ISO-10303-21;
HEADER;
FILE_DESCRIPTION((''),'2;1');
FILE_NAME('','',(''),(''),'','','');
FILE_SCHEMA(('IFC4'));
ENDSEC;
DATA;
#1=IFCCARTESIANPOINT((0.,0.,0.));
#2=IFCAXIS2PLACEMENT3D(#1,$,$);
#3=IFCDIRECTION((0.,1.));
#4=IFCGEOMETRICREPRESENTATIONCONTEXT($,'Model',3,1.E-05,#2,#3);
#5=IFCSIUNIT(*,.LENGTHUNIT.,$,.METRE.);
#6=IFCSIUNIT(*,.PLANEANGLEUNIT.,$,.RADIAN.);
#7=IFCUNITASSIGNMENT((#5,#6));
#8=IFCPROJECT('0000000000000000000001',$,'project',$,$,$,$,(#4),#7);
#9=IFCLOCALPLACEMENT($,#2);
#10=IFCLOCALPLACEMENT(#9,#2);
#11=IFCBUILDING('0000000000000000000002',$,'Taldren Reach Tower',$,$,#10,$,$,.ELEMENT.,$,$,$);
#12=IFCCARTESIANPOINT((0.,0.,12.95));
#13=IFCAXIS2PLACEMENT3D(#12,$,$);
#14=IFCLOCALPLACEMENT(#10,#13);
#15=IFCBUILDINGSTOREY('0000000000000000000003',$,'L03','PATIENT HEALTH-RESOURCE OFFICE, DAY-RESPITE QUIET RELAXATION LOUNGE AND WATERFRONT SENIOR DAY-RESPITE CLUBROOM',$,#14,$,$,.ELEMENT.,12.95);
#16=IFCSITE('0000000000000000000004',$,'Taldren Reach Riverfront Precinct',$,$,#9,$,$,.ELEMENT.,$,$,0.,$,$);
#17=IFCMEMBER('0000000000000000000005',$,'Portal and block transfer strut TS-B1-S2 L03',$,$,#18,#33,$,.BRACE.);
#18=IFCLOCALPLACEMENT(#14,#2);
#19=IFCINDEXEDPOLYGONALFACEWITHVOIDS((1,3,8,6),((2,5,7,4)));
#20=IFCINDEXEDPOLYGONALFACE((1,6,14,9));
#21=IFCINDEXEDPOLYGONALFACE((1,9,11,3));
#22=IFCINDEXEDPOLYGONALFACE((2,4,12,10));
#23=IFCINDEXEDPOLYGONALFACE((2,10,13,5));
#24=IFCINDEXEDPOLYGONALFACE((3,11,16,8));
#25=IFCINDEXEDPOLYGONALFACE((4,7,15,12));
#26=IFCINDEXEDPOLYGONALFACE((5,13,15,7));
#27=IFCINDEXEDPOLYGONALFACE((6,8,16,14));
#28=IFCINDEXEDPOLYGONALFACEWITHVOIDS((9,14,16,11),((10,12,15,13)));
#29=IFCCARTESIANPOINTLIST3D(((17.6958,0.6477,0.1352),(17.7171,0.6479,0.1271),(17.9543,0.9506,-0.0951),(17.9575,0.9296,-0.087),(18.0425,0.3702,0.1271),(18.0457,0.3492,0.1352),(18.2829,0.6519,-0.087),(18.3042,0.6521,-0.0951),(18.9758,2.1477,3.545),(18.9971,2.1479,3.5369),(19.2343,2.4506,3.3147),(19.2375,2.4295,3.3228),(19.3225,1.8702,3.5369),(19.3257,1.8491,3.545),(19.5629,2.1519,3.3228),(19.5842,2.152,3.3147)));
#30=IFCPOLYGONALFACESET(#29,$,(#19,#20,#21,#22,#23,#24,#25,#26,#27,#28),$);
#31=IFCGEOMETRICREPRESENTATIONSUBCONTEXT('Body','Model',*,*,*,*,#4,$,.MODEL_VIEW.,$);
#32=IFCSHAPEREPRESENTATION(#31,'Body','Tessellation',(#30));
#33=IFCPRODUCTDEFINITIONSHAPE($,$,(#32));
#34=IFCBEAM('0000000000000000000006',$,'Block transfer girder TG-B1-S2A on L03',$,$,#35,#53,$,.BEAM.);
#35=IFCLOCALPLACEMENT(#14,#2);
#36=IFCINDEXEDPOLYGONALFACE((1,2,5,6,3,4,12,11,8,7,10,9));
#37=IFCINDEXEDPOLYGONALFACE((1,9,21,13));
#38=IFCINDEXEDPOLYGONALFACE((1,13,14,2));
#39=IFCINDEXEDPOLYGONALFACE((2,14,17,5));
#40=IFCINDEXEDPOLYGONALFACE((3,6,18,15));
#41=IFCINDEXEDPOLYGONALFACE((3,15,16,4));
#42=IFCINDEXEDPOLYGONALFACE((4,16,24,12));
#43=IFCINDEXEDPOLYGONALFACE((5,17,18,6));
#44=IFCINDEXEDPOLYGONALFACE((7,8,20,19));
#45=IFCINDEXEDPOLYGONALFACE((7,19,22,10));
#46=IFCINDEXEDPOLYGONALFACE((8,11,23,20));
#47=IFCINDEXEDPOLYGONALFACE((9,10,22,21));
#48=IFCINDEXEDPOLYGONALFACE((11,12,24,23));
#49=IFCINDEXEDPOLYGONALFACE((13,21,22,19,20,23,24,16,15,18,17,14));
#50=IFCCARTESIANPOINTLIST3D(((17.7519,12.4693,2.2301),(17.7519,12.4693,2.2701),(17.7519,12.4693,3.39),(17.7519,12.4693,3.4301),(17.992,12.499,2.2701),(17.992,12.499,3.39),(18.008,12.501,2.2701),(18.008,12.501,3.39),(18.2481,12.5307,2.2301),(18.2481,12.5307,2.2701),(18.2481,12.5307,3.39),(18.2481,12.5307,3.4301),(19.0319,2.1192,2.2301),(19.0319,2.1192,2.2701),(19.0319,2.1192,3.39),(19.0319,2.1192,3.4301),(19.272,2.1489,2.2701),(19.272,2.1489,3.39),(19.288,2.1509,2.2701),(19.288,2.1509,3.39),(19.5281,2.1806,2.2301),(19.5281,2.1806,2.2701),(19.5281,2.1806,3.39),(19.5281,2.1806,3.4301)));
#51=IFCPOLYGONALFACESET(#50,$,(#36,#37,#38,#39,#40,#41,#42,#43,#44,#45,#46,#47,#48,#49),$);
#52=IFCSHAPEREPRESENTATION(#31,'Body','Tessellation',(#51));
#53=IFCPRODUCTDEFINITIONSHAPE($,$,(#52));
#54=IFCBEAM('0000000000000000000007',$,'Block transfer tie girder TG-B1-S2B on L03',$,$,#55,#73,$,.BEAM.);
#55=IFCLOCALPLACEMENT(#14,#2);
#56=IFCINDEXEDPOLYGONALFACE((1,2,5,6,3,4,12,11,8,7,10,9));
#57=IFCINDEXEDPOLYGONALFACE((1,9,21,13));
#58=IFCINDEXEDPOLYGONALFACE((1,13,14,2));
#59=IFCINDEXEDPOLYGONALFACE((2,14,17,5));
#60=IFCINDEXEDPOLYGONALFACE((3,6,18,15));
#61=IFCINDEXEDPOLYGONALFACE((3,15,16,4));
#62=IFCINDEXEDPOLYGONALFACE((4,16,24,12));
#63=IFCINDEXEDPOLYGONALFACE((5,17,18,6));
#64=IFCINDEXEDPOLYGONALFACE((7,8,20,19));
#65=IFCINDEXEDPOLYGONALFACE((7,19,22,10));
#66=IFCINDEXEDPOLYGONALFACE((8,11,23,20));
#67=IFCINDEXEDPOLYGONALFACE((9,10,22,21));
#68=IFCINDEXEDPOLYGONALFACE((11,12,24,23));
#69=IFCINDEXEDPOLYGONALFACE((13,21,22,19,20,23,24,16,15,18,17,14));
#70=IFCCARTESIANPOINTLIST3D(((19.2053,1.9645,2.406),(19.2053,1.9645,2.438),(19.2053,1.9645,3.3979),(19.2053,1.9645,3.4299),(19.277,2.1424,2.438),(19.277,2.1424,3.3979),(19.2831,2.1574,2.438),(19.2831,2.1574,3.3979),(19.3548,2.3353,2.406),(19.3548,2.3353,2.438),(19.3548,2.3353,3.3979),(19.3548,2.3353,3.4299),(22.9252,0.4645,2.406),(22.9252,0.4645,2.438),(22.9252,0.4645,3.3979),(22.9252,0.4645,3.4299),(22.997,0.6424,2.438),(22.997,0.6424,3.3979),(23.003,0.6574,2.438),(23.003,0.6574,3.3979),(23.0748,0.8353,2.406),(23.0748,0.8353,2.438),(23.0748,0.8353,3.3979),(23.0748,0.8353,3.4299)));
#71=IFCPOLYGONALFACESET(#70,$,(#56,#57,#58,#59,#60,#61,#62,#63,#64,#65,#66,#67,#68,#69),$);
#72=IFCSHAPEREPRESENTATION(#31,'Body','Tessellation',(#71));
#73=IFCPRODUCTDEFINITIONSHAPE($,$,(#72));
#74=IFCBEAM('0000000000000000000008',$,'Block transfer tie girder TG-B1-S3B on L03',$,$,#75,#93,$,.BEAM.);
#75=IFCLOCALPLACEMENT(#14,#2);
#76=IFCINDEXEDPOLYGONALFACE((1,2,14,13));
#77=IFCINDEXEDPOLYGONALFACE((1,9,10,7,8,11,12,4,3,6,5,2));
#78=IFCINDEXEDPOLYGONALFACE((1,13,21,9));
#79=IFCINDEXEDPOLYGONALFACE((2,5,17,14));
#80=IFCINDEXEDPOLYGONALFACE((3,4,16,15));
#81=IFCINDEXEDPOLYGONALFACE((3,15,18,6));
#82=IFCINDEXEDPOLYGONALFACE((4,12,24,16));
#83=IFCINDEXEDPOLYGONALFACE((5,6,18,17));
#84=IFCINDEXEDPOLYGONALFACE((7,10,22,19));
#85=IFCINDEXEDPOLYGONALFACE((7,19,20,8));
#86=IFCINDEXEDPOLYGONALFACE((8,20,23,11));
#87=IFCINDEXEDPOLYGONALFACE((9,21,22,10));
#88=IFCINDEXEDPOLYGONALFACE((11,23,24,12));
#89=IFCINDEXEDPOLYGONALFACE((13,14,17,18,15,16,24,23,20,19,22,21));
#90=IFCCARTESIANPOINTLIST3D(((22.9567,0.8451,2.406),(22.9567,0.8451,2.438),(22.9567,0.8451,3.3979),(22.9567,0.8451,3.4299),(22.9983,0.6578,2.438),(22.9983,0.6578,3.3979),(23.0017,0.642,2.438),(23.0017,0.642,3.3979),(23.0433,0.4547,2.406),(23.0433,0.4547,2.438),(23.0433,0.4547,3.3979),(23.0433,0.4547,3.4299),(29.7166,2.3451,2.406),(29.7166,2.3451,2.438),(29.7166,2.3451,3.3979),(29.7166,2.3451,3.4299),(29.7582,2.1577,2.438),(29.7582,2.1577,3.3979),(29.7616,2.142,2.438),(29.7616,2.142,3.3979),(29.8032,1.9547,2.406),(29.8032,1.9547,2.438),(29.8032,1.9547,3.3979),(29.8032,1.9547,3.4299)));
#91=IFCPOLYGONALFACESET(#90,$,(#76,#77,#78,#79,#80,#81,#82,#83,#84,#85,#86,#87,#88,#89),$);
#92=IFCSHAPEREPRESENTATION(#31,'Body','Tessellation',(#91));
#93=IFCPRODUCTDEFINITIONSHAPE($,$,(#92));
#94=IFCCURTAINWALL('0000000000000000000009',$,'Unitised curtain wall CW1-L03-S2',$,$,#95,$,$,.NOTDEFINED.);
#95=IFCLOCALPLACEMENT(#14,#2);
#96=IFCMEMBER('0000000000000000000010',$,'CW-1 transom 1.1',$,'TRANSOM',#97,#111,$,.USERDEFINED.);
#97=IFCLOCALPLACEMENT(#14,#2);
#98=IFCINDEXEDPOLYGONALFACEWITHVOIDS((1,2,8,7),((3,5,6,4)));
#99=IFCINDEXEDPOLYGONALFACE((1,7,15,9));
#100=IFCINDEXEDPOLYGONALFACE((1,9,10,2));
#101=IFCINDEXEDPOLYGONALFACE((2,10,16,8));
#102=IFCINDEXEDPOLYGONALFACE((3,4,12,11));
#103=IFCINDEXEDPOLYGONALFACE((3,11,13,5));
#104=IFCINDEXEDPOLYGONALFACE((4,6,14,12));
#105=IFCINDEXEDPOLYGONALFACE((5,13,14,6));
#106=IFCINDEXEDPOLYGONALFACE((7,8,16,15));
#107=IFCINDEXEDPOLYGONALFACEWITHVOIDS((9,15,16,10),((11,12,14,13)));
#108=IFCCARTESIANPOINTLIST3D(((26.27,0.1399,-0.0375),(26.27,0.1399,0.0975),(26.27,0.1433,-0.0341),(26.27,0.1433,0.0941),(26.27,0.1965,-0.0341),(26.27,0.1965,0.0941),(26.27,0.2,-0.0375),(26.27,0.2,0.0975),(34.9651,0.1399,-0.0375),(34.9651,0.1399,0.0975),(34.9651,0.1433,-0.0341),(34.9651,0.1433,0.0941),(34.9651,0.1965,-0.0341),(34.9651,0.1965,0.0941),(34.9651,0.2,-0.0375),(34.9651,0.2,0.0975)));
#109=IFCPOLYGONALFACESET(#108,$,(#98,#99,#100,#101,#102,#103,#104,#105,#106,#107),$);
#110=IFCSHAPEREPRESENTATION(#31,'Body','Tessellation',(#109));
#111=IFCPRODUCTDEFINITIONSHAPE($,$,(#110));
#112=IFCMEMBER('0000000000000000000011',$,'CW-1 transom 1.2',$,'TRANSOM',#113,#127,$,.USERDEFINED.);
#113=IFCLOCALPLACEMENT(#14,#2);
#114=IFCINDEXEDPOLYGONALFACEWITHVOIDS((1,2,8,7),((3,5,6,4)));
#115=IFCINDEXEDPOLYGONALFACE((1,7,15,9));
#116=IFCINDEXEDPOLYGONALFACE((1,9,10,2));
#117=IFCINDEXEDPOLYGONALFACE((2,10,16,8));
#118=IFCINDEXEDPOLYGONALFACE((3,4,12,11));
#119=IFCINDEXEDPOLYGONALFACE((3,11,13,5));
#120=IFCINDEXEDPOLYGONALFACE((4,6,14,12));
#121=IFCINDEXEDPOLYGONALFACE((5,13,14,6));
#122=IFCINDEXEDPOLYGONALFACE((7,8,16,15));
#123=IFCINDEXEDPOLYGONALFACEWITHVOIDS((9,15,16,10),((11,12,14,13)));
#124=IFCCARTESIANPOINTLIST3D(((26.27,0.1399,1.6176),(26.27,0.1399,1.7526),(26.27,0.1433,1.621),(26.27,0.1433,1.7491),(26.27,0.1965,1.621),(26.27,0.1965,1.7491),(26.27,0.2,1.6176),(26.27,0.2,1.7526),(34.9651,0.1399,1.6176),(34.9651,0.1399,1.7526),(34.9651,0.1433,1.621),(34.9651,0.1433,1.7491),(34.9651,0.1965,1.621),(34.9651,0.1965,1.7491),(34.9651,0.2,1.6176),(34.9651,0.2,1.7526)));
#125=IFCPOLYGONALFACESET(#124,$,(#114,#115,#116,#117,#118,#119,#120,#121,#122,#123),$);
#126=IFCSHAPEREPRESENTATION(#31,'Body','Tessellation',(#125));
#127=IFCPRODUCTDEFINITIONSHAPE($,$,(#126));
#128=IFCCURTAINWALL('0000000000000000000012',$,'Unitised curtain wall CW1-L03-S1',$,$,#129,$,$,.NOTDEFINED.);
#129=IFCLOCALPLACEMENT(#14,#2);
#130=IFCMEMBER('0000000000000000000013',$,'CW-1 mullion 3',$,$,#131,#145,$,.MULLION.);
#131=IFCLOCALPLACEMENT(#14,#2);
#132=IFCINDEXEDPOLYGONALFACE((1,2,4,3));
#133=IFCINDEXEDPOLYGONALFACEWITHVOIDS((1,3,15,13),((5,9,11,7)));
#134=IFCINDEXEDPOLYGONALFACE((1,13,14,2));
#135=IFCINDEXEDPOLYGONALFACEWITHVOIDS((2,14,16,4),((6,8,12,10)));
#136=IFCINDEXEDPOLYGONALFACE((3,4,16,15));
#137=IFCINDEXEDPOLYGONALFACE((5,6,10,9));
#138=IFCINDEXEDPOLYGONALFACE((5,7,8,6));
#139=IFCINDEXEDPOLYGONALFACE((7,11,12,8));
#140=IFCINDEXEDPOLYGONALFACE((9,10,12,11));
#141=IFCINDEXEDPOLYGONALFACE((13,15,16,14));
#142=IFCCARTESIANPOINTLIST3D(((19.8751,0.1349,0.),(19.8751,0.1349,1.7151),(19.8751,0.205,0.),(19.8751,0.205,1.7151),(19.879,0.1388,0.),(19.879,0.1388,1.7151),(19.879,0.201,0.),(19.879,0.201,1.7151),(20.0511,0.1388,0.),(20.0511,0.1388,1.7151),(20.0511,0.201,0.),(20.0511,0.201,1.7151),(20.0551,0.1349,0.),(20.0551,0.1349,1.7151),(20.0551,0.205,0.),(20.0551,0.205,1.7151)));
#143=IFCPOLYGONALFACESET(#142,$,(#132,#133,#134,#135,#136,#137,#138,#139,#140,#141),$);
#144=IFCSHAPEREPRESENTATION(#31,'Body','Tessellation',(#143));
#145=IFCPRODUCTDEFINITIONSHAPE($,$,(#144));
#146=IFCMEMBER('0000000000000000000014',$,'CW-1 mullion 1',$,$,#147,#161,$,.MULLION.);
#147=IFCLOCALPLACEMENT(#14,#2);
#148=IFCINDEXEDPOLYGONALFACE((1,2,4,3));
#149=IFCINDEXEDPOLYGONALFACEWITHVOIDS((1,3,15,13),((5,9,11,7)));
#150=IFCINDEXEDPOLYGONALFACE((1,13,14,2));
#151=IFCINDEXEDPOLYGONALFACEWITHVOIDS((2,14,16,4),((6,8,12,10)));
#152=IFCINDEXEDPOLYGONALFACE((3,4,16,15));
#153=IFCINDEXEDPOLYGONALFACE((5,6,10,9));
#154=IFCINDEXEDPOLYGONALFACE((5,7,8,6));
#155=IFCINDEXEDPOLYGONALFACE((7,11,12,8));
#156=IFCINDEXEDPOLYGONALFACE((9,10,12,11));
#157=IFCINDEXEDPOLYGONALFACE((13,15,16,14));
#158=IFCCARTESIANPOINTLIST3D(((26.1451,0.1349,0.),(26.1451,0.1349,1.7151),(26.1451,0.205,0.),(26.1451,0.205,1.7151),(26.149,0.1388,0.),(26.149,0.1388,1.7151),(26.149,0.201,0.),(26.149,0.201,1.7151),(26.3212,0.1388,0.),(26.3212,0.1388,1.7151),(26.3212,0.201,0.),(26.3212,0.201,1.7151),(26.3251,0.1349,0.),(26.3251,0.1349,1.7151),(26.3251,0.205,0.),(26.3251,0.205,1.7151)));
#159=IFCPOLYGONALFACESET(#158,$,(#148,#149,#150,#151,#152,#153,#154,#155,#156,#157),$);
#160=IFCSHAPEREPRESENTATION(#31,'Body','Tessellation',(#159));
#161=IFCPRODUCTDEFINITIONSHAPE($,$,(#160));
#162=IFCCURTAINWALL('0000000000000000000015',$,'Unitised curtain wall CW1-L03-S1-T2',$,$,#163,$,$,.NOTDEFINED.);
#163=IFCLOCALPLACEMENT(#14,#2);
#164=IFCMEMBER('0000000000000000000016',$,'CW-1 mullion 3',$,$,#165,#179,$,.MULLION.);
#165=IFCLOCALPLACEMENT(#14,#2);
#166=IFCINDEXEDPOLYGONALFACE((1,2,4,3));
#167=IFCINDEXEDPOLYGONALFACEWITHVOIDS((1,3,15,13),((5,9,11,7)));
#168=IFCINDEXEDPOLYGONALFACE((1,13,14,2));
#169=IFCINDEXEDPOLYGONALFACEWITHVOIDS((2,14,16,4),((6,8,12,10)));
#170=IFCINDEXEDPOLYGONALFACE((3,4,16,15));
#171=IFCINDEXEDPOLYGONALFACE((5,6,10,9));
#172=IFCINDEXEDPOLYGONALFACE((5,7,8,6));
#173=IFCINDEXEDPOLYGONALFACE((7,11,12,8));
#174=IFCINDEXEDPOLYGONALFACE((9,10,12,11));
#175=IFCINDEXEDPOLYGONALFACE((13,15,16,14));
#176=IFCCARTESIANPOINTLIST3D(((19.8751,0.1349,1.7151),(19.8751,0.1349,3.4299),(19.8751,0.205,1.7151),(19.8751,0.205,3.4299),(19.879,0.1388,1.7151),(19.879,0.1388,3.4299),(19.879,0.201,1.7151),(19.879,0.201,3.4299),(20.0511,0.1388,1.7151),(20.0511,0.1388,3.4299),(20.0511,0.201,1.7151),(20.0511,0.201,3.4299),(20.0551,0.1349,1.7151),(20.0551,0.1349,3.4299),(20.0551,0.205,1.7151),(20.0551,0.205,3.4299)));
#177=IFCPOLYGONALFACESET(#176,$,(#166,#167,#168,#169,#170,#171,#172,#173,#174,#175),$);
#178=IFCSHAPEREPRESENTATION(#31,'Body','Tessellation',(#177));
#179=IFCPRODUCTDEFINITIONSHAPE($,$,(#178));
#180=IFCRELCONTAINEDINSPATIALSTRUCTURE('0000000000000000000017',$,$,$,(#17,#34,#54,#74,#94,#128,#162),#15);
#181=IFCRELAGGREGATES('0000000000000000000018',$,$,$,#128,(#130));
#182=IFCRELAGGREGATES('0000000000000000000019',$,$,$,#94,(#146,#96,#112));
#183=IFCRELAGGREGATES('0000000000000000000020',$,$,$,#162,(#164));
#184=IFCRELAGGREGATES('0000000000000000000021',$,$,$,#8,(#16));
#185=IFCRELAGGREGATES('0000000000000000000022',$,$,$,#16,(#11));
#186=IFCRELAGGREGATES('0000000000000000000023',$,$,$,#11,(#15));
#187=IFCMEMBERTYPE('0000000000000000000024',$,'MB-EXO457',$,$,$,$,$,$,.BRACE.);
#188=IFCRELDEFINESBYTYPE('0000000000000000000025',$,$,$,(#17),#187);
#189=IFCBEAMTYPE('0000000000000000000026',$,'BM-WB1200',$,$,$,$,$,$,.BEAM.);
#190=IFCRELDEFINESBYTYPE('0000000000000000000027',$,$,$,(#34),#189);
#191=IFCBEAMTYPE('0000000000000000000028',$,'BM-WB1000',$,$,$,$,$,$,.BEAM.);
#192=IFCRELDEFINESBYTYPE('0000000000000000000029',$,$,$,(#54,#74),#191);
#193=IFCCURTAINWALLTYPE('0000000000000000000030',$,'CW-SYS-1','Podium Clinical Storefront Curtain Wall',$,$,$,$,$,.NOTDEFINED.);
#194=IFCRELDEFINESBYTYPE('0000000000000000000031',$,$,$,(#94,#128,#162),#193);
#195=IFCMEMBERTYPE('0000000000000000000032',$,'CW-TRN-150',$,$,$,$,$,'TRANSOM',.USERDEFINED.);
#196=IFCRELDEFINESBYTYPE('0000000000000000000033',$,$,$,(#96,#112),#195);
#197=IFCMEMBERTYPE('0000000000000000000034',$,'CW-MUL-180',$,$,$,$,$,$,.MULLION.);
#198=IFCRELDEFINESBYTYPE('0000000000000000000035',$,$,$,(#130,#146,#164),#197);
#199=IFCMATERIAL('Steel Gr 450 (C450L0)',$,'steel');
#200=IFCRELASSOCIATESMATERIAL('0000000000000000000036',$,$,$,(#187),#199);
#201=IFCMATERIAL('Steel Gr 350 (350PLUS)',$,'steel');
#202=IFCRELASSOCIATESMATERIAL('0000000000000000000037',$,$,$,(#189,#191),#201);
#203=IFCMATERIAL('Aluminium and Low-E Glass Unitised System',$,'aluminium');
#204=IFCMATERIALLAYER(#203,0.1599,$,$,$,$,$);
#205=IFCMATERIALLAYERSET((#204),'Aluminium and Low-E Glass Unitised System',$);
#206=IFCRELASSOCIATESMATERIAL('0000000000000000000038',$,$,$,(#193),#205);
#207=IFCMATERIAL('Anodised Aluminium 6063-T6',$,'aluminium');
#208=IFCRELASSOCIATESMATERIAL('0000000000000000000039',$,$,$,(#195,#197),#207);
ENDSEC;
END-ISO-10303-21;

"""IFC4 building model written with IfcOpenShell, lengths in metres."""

from ifc_helpers import new_model, si_unit, direction, frame, origin, origin_2d, place, context, subcontext, project, spatial, hollow_rectangle, i_section, extrude, source, transform, mapped, material, layer, layer_set, material_profile, profile_set, type_object, element, aggregate, save


model = new_model("IFC4")

# Units and contexts
model_context = context("Model", 3, precision=1e-05, world=origin(), true_north=direction((0.0, 1.0)))
body_context = subcontext(model_context, "Body", "Model", "MODEL_VIEW")
ifc_project = project(units=[si_unit("LENGTHUNIT", "METRE"), si_unit("PLANEANGLEUNIT", "RADIAN")], contexts=[model_context])

# Site, building, storey
site_placement = place(None, origin())
site = spatial("IfcSite", under=ifc_project, at=site_placement, Name="Taldren Reach Riverfront Precinct", CompositionType="ELEMENT", RefElevation=0.0)
building_placement = place(site_placement, origin())
building = spatial("IfcBuilding", under=site, at=building_placement, Name="Taldren Reach Tower", CompositionType="ELEMENT")
storey_placement = place(building_placement, frame((0.0, 0.0, 12.95)))
storey = spatial("IfcBuildingStorey", under=building, at=storey_placement, Name="L03", Description="PATIENT HEALTH-RESOURCE OFFICE, DAY-RESPITE QUIET RELAXATION LOUNGE AND WATERFRONT SENIOR DAY-RESPITE CLUBROOM", CompositionType="ELEMENT", Elevation=12.95)

# Shared definitions
ifc_material_1 = material(Name="Steel Gr 350 (350PLUS)", Category="steel")

# Member
ifc_material_2 = material(Name="Steel Gr 450 (C450L0)", Category="steel")
ifc_material_profile_1 = material_profile(ifc_material_2, hollow_rectangle(XDim=0.46, YDim=0.46, WallThickness=0.0161, at=origin_2d()), Name="460x460x16.0SHS")
ifc_profile_set_1 = profile_set([ifc_material_profile_1], Name="Steel Gr 450 (C450L0)")
member_type_1 = type_object("IfcMemberType", Name="MB-EXO457", PredefinedType="BRACE", material=ifc_profile_set_1)
shared_shape_1 = source(origin(), body_context, "Body", "SweptSolid", [
    extrude(hollow_rectangle(XDim=0.46, YDim=0.46, WallThickness=0.0161, at=origin_2d()), origin(), (0.0, 0.0, 1.0), 3.939),
])
member_1_placement = place(storey_placement, frame((18.0, 0.6499, 0.02), z_axis=(0.32496, 0.380804, 0.865673), x_axis=(-0.760679, 0.649128, 0.0)))
element("IfcMember", 1, at=member_1_placement, inside=storey, type_object=member_type_1, Name="Portal and block transfer strut TS-B1-S2 L03", PredefinedType="BRACE", context=body_context, shape_type="MappedRepresentation", body=[
    mapped(shared_shape_1, transform((0.0, 0.0, 0.0), scale=1.0)),
])

# Beams
ifc_material_profile_2 = material_profile(ifc_material_1, i_section(OverallWidth=0.5, OverallDepth=1.2, WebThickness=0.0161, FlangeThickness=0.04, at=origin_2d()), Name="1200WB455")
ifc_profile_set_2 = profile_set([ifc_material_profile_2], Name="Steel Gr 350 (350PLUS)")
beam_type_1 = type_object("IfcBeamType", Name="BM-WB1200", PredefinedType="BEAM", material=ifc_profile_set_2)
shared_shape_2 = source(origin(), body_context, "Body", "SweptSolid", [
    extrude(i_section(OverallWidth=0.5, OverallDepth=1.2, WebThickness=0.0161, FlangeThickness=0.04, at=origin_2d()), origin(), (0.0, 0.0, 1.0), 10.429),
])
beam_1_placement = place(storey_placement, frame((18.0, 12.5, 2.8301), z_axis=(0.122738, -0.992439, 0.0), x_axis=(0.992439, 0.122738, 0.0)))
element("IfcBeam", 2, at=beam_1_placement, inside=storey, type_object=beam_type_1, Name="Block transfer girder TG-B1-S2A on L03", PredefinedType="BEAM", context=body_context, shape_type="MappedRepresentation", body=[
    mapped(shared_shape_2, transform((0.0, 0.0, 0.0), scale=1.0)),
])
ifc_material_profile_3 = material_profile(ifc_material_1, i_section(OverallWidth=0.3999, OverallDepth=1.0239, WebThickness=0.0161, FlangeThickness=0.032, at=origin_2d()), Name="1000WB322")
ifc_profile_set_3 = profile_set([ifc_material_profile_3], Name="Steel Gr 350 (350PLUS)")
beam_type_2 = type_object("IfcBeamType", Name="BM-WB1000", PredefinedType="BEAM", material=ifc_profile_set_3)
shared_shape_3 = source(origin(), body_context, "Body", "SweptSolid", [
    extrude(i_section(OverallWidth=0.3999, OverallDepth=1.0239, WebThickness=0.0161, FlangeThickness=0.032, at=origin_2d()), origin(), (0.0, 0.0, 1.0), 4.011),
])
beam_2_placement = place(storey_placement, frame((23.0, 0.6499, 2.918), z_axis=(-0.92744, 0.373971, 0.0), x_axis=(-0.373971, -0.92744, 0.0)))
element("IfcBeam", 3, at=beam_2_placement, inside=storey, type_object=beam_type_2, Name="Block transfer tie girder TG-B1-S2B on L03", PredefinedType="BEAM", context=body_context, shape_type="MappedRepresentation", body=[
    mapped(shared_shape_3, transform((0.0, 0.0, 0.0), scale=1.0)),
])
shared_shape_4 = source(origin(), body_context, "Body", "SweptSolid", [
    extrude(i_section(OverallWidth=0.3999, OverallDepth=1.0239, WebThickness=0.0161, FlangeThickness=0.032, at=origin_2d()), origin(), (0.0, 0.0, 1.0), 6.9243),
])
beam_3_placement = place(storey_placement, frame((23.0, 0.6499, 2.918), z_axis=(0.976255, 0.216624, 0.0), x_axis=(-0.216624, 0.976255, 0.0)))
element("IfcBeam", 4, at=beam_3_placement, inside=storey, type_object=beam_type_2, Name="Block transfer tie girder TG-B1-S3B on L03", PredefinedType="BEAM", context=body_context, shape_type="MappedRepresentation", body=[
    mapped(shared_shape_4, transform((0.0, 0.0, 0.0), scale=1.0)),
])

# Curtain wall, members
ifc_material_3 = material(Name="Aluminium and Low-E Glass Unitised System", Category="aluminium")
ifc_layer_1 = layer(ifc_material_3, 0.1599)
ifc_layer_set_1 = layer_set([ifc_layer_1], Name="Aluminium and Low-E Glass Unitised System")
curtain_wall_type = type_object("IfcCurtainWallType", Name="CW-SYS-1", Description="Podium Clinical Storefront Curtain Wall", PredefinedType="NOTDEFINED", material=ifc_layer_set_1)
curtain_wall_1_placement = place(storey_placement, origin())
curtain_wall_1 = element("IfcCurtainWall", 5, at=curtain_wall_1_placement, inside=storey, type_object=curtain_wall_type, Name="Unitised curtain wall CW1-L03-S2", PredefinedType="NOTDEFINED")
ifc_material_4 = material(Name="Anodised Aluminium 6063-T6", Category="aluminium")
ifc_material_profile_4 = material_profile(ifc_material_4, hollow_rectangle(XDim=0.0601, YDim=0.135, WallThickness=0.0034, at=origin_2d()), Name="ALU-135x60x3.5RHS")
ifc_profile_set_4 = profile_set([ifc_material_profile_4], Name="Anodised Aluminium 6063-T6")
member_type_2 = type_object("IfcMemberType", Name="CW-TRN-150", ElementType="TRANSOM", PredefinedType="USERDEFINED", material=ifc_profile_set_4)
shared_shape_5 = source(origin(), body_context, "Body", "SweptSolid", [
    extrude(hollow_rectangle(XDim=0.0601, YDim=0.135, WallThickness=0.0034, at=origin_2d()), origin(), (0.0, 0.0, 1.0), 8.6951),
])
member_2_placement = place(storey_placement, frame((26.27, 0.1699, 0.03), z_axis=(1.0, 0.0, 0.0), x_axis=(0.0, 1.0, 0.0)))
member_2 = element("IfcMember", 6, at=member_2_placement, type_object=member_type_2, Name="CW-1 transom 1.1", ObjectType="TRANSOM", PredefinedType="USERDEFINED", context=body_context, shape_type="MappedRepresentation", body=[
    mapped(shared_shape_5, transform((0.0, 0.0, 0.0), scale=1.0)),
])
member_3_placement = place(storey_placement, frame((26.27, 0.1699, 1.6851), z_axis=(1.0, 0.0, 0.0), x_axis=(0.0, 1.0, 0.0)))
member_3 = element("IfcMember", 7, at=member_3_placement, type_object=member_type_2, Name="CW-1 transom 1.2", ObjectType="TRANSOM", PredefinedType="USERDEFINED", context=body_context, shape_type="MappedRepresentation", body=[
    mapped(shared_shape_5, transform((0.0, 0.0, 0.0), scale=1.0)),
])

# Curtain wall, member
curtain_wall_2_placement = place(storey_placement, origin())
curtain_wall_2 = element("IfcCurtainWall", 8, at=curtain_wall_2_placement, inside=storey, type_object=curtain_wall_type, Name="Unitised curtain wall CW1-L03-S1", PredefinedType="NOTDEFINED")
ifc_material_profile_5 = material_profile(ifc_material_4, hollow_rectangle(XDim=0.0701, YDim=0.1799, WallThickness=0.0039, at=origin_2d()), Name="ALU-180x70x4RHS")
ifc_profile_set_5 = profile_set([ifc_material_profile_5], Name="Anodised Aluminium 6063-T6")
member_type_3 = type_object("IfcMemberType", Name="CW-MUL-180", PredefinedType="MULLION", material=ifc_profile_set_5)
shared_shape_6 = source(origin(), body_context, "Body", "SweptSolid", [
    extrude(hollow_rectangle(XDim=0.0701, YDim=0.1799, WallThickness=0.0039, at=origin_2d()), origin(), (0.0, 0.0, 1.0), 1.7151),
])
member_4_placement = place(storey_placement, frame((19.9651, 0.1699, 0.0), z_axis=(0.0, 0.0, 1.0), x_axis=(0.0, 1.0, 0.0)))
member_4 = element("IfcMember", 9, at=member_4_placement, type_object=member_type_3, Name="CW-1 mullion 3", PredefinedType="MULLION", context=body_context, shape_type="MappedRepresentation", body=[
    mapped(shared_shape_6, transform((0.0, 0.0, 0.0), scale=1.0)),
])
aggregate(curtain_wall_2, [member_4])

# Member
member_5_placement = place(storey_placement, frame((26.2351, 0.1699, 0.0), z_axis=(0.0, 0.0, 1.0), x_axis=(0.0, 1.0, 0.0)))
member_5 = element("IfcMember", 10, at=member_5_placement, type_object=member_type_3, Name="CW-1 mullion 1", PredefinedType="MULLION", context=body_context, shape_type="MappedRepresentation", body=[
    mapped(shared_shape_6, transform((0.0, 0.0, 0.0), scale=1.0)),
])
aggregate(curtain_wall_1, [member_5, member_2, member_3])

# Curtain wall, member
curtain_wall_3_placement = place(storey_placement, origin())
curtain_wall_3 = element("IfcCurtainWall", 11, at=curtain_wall_3_placement, inside=storey, type_object=curtain_wall_type, Name="Unitised curtain wall CW1-L03-S1-T2", PredefinedType="NOTDEFINED")
shared_shape_7 = source(origin(), body_context, "Body", "SweptSolid", [
    extrude(hollow_rectangle(XDim=0.0701, YDim=0.1799, WallThickness=0.0039, at=origin_2d()), origin(), (0.0, 0.0, 1.0), 1.7148),
])
member_6_placement = place(storey_placement, frame((19.9651, 0.1699, 1.7151), z_axis=(0.0, 0.0, 1.0), x_axis=(0.0, 1.0, 0.0)))
member_6 = element("IfcMember", 12, at=member_6_placement, type_object=member_type_3, Name="CW-1 mullion 3", PredefinedType="MULLION", context=body_context, shape_type="MappedRepresentation", body=[
    mapped(shared_shape_7, transform((0.0, 0.0, 0.0), scale=1.0)),
])
aggregate(curtain_wall_3, [member_6])

save(model, "model.ifc")
